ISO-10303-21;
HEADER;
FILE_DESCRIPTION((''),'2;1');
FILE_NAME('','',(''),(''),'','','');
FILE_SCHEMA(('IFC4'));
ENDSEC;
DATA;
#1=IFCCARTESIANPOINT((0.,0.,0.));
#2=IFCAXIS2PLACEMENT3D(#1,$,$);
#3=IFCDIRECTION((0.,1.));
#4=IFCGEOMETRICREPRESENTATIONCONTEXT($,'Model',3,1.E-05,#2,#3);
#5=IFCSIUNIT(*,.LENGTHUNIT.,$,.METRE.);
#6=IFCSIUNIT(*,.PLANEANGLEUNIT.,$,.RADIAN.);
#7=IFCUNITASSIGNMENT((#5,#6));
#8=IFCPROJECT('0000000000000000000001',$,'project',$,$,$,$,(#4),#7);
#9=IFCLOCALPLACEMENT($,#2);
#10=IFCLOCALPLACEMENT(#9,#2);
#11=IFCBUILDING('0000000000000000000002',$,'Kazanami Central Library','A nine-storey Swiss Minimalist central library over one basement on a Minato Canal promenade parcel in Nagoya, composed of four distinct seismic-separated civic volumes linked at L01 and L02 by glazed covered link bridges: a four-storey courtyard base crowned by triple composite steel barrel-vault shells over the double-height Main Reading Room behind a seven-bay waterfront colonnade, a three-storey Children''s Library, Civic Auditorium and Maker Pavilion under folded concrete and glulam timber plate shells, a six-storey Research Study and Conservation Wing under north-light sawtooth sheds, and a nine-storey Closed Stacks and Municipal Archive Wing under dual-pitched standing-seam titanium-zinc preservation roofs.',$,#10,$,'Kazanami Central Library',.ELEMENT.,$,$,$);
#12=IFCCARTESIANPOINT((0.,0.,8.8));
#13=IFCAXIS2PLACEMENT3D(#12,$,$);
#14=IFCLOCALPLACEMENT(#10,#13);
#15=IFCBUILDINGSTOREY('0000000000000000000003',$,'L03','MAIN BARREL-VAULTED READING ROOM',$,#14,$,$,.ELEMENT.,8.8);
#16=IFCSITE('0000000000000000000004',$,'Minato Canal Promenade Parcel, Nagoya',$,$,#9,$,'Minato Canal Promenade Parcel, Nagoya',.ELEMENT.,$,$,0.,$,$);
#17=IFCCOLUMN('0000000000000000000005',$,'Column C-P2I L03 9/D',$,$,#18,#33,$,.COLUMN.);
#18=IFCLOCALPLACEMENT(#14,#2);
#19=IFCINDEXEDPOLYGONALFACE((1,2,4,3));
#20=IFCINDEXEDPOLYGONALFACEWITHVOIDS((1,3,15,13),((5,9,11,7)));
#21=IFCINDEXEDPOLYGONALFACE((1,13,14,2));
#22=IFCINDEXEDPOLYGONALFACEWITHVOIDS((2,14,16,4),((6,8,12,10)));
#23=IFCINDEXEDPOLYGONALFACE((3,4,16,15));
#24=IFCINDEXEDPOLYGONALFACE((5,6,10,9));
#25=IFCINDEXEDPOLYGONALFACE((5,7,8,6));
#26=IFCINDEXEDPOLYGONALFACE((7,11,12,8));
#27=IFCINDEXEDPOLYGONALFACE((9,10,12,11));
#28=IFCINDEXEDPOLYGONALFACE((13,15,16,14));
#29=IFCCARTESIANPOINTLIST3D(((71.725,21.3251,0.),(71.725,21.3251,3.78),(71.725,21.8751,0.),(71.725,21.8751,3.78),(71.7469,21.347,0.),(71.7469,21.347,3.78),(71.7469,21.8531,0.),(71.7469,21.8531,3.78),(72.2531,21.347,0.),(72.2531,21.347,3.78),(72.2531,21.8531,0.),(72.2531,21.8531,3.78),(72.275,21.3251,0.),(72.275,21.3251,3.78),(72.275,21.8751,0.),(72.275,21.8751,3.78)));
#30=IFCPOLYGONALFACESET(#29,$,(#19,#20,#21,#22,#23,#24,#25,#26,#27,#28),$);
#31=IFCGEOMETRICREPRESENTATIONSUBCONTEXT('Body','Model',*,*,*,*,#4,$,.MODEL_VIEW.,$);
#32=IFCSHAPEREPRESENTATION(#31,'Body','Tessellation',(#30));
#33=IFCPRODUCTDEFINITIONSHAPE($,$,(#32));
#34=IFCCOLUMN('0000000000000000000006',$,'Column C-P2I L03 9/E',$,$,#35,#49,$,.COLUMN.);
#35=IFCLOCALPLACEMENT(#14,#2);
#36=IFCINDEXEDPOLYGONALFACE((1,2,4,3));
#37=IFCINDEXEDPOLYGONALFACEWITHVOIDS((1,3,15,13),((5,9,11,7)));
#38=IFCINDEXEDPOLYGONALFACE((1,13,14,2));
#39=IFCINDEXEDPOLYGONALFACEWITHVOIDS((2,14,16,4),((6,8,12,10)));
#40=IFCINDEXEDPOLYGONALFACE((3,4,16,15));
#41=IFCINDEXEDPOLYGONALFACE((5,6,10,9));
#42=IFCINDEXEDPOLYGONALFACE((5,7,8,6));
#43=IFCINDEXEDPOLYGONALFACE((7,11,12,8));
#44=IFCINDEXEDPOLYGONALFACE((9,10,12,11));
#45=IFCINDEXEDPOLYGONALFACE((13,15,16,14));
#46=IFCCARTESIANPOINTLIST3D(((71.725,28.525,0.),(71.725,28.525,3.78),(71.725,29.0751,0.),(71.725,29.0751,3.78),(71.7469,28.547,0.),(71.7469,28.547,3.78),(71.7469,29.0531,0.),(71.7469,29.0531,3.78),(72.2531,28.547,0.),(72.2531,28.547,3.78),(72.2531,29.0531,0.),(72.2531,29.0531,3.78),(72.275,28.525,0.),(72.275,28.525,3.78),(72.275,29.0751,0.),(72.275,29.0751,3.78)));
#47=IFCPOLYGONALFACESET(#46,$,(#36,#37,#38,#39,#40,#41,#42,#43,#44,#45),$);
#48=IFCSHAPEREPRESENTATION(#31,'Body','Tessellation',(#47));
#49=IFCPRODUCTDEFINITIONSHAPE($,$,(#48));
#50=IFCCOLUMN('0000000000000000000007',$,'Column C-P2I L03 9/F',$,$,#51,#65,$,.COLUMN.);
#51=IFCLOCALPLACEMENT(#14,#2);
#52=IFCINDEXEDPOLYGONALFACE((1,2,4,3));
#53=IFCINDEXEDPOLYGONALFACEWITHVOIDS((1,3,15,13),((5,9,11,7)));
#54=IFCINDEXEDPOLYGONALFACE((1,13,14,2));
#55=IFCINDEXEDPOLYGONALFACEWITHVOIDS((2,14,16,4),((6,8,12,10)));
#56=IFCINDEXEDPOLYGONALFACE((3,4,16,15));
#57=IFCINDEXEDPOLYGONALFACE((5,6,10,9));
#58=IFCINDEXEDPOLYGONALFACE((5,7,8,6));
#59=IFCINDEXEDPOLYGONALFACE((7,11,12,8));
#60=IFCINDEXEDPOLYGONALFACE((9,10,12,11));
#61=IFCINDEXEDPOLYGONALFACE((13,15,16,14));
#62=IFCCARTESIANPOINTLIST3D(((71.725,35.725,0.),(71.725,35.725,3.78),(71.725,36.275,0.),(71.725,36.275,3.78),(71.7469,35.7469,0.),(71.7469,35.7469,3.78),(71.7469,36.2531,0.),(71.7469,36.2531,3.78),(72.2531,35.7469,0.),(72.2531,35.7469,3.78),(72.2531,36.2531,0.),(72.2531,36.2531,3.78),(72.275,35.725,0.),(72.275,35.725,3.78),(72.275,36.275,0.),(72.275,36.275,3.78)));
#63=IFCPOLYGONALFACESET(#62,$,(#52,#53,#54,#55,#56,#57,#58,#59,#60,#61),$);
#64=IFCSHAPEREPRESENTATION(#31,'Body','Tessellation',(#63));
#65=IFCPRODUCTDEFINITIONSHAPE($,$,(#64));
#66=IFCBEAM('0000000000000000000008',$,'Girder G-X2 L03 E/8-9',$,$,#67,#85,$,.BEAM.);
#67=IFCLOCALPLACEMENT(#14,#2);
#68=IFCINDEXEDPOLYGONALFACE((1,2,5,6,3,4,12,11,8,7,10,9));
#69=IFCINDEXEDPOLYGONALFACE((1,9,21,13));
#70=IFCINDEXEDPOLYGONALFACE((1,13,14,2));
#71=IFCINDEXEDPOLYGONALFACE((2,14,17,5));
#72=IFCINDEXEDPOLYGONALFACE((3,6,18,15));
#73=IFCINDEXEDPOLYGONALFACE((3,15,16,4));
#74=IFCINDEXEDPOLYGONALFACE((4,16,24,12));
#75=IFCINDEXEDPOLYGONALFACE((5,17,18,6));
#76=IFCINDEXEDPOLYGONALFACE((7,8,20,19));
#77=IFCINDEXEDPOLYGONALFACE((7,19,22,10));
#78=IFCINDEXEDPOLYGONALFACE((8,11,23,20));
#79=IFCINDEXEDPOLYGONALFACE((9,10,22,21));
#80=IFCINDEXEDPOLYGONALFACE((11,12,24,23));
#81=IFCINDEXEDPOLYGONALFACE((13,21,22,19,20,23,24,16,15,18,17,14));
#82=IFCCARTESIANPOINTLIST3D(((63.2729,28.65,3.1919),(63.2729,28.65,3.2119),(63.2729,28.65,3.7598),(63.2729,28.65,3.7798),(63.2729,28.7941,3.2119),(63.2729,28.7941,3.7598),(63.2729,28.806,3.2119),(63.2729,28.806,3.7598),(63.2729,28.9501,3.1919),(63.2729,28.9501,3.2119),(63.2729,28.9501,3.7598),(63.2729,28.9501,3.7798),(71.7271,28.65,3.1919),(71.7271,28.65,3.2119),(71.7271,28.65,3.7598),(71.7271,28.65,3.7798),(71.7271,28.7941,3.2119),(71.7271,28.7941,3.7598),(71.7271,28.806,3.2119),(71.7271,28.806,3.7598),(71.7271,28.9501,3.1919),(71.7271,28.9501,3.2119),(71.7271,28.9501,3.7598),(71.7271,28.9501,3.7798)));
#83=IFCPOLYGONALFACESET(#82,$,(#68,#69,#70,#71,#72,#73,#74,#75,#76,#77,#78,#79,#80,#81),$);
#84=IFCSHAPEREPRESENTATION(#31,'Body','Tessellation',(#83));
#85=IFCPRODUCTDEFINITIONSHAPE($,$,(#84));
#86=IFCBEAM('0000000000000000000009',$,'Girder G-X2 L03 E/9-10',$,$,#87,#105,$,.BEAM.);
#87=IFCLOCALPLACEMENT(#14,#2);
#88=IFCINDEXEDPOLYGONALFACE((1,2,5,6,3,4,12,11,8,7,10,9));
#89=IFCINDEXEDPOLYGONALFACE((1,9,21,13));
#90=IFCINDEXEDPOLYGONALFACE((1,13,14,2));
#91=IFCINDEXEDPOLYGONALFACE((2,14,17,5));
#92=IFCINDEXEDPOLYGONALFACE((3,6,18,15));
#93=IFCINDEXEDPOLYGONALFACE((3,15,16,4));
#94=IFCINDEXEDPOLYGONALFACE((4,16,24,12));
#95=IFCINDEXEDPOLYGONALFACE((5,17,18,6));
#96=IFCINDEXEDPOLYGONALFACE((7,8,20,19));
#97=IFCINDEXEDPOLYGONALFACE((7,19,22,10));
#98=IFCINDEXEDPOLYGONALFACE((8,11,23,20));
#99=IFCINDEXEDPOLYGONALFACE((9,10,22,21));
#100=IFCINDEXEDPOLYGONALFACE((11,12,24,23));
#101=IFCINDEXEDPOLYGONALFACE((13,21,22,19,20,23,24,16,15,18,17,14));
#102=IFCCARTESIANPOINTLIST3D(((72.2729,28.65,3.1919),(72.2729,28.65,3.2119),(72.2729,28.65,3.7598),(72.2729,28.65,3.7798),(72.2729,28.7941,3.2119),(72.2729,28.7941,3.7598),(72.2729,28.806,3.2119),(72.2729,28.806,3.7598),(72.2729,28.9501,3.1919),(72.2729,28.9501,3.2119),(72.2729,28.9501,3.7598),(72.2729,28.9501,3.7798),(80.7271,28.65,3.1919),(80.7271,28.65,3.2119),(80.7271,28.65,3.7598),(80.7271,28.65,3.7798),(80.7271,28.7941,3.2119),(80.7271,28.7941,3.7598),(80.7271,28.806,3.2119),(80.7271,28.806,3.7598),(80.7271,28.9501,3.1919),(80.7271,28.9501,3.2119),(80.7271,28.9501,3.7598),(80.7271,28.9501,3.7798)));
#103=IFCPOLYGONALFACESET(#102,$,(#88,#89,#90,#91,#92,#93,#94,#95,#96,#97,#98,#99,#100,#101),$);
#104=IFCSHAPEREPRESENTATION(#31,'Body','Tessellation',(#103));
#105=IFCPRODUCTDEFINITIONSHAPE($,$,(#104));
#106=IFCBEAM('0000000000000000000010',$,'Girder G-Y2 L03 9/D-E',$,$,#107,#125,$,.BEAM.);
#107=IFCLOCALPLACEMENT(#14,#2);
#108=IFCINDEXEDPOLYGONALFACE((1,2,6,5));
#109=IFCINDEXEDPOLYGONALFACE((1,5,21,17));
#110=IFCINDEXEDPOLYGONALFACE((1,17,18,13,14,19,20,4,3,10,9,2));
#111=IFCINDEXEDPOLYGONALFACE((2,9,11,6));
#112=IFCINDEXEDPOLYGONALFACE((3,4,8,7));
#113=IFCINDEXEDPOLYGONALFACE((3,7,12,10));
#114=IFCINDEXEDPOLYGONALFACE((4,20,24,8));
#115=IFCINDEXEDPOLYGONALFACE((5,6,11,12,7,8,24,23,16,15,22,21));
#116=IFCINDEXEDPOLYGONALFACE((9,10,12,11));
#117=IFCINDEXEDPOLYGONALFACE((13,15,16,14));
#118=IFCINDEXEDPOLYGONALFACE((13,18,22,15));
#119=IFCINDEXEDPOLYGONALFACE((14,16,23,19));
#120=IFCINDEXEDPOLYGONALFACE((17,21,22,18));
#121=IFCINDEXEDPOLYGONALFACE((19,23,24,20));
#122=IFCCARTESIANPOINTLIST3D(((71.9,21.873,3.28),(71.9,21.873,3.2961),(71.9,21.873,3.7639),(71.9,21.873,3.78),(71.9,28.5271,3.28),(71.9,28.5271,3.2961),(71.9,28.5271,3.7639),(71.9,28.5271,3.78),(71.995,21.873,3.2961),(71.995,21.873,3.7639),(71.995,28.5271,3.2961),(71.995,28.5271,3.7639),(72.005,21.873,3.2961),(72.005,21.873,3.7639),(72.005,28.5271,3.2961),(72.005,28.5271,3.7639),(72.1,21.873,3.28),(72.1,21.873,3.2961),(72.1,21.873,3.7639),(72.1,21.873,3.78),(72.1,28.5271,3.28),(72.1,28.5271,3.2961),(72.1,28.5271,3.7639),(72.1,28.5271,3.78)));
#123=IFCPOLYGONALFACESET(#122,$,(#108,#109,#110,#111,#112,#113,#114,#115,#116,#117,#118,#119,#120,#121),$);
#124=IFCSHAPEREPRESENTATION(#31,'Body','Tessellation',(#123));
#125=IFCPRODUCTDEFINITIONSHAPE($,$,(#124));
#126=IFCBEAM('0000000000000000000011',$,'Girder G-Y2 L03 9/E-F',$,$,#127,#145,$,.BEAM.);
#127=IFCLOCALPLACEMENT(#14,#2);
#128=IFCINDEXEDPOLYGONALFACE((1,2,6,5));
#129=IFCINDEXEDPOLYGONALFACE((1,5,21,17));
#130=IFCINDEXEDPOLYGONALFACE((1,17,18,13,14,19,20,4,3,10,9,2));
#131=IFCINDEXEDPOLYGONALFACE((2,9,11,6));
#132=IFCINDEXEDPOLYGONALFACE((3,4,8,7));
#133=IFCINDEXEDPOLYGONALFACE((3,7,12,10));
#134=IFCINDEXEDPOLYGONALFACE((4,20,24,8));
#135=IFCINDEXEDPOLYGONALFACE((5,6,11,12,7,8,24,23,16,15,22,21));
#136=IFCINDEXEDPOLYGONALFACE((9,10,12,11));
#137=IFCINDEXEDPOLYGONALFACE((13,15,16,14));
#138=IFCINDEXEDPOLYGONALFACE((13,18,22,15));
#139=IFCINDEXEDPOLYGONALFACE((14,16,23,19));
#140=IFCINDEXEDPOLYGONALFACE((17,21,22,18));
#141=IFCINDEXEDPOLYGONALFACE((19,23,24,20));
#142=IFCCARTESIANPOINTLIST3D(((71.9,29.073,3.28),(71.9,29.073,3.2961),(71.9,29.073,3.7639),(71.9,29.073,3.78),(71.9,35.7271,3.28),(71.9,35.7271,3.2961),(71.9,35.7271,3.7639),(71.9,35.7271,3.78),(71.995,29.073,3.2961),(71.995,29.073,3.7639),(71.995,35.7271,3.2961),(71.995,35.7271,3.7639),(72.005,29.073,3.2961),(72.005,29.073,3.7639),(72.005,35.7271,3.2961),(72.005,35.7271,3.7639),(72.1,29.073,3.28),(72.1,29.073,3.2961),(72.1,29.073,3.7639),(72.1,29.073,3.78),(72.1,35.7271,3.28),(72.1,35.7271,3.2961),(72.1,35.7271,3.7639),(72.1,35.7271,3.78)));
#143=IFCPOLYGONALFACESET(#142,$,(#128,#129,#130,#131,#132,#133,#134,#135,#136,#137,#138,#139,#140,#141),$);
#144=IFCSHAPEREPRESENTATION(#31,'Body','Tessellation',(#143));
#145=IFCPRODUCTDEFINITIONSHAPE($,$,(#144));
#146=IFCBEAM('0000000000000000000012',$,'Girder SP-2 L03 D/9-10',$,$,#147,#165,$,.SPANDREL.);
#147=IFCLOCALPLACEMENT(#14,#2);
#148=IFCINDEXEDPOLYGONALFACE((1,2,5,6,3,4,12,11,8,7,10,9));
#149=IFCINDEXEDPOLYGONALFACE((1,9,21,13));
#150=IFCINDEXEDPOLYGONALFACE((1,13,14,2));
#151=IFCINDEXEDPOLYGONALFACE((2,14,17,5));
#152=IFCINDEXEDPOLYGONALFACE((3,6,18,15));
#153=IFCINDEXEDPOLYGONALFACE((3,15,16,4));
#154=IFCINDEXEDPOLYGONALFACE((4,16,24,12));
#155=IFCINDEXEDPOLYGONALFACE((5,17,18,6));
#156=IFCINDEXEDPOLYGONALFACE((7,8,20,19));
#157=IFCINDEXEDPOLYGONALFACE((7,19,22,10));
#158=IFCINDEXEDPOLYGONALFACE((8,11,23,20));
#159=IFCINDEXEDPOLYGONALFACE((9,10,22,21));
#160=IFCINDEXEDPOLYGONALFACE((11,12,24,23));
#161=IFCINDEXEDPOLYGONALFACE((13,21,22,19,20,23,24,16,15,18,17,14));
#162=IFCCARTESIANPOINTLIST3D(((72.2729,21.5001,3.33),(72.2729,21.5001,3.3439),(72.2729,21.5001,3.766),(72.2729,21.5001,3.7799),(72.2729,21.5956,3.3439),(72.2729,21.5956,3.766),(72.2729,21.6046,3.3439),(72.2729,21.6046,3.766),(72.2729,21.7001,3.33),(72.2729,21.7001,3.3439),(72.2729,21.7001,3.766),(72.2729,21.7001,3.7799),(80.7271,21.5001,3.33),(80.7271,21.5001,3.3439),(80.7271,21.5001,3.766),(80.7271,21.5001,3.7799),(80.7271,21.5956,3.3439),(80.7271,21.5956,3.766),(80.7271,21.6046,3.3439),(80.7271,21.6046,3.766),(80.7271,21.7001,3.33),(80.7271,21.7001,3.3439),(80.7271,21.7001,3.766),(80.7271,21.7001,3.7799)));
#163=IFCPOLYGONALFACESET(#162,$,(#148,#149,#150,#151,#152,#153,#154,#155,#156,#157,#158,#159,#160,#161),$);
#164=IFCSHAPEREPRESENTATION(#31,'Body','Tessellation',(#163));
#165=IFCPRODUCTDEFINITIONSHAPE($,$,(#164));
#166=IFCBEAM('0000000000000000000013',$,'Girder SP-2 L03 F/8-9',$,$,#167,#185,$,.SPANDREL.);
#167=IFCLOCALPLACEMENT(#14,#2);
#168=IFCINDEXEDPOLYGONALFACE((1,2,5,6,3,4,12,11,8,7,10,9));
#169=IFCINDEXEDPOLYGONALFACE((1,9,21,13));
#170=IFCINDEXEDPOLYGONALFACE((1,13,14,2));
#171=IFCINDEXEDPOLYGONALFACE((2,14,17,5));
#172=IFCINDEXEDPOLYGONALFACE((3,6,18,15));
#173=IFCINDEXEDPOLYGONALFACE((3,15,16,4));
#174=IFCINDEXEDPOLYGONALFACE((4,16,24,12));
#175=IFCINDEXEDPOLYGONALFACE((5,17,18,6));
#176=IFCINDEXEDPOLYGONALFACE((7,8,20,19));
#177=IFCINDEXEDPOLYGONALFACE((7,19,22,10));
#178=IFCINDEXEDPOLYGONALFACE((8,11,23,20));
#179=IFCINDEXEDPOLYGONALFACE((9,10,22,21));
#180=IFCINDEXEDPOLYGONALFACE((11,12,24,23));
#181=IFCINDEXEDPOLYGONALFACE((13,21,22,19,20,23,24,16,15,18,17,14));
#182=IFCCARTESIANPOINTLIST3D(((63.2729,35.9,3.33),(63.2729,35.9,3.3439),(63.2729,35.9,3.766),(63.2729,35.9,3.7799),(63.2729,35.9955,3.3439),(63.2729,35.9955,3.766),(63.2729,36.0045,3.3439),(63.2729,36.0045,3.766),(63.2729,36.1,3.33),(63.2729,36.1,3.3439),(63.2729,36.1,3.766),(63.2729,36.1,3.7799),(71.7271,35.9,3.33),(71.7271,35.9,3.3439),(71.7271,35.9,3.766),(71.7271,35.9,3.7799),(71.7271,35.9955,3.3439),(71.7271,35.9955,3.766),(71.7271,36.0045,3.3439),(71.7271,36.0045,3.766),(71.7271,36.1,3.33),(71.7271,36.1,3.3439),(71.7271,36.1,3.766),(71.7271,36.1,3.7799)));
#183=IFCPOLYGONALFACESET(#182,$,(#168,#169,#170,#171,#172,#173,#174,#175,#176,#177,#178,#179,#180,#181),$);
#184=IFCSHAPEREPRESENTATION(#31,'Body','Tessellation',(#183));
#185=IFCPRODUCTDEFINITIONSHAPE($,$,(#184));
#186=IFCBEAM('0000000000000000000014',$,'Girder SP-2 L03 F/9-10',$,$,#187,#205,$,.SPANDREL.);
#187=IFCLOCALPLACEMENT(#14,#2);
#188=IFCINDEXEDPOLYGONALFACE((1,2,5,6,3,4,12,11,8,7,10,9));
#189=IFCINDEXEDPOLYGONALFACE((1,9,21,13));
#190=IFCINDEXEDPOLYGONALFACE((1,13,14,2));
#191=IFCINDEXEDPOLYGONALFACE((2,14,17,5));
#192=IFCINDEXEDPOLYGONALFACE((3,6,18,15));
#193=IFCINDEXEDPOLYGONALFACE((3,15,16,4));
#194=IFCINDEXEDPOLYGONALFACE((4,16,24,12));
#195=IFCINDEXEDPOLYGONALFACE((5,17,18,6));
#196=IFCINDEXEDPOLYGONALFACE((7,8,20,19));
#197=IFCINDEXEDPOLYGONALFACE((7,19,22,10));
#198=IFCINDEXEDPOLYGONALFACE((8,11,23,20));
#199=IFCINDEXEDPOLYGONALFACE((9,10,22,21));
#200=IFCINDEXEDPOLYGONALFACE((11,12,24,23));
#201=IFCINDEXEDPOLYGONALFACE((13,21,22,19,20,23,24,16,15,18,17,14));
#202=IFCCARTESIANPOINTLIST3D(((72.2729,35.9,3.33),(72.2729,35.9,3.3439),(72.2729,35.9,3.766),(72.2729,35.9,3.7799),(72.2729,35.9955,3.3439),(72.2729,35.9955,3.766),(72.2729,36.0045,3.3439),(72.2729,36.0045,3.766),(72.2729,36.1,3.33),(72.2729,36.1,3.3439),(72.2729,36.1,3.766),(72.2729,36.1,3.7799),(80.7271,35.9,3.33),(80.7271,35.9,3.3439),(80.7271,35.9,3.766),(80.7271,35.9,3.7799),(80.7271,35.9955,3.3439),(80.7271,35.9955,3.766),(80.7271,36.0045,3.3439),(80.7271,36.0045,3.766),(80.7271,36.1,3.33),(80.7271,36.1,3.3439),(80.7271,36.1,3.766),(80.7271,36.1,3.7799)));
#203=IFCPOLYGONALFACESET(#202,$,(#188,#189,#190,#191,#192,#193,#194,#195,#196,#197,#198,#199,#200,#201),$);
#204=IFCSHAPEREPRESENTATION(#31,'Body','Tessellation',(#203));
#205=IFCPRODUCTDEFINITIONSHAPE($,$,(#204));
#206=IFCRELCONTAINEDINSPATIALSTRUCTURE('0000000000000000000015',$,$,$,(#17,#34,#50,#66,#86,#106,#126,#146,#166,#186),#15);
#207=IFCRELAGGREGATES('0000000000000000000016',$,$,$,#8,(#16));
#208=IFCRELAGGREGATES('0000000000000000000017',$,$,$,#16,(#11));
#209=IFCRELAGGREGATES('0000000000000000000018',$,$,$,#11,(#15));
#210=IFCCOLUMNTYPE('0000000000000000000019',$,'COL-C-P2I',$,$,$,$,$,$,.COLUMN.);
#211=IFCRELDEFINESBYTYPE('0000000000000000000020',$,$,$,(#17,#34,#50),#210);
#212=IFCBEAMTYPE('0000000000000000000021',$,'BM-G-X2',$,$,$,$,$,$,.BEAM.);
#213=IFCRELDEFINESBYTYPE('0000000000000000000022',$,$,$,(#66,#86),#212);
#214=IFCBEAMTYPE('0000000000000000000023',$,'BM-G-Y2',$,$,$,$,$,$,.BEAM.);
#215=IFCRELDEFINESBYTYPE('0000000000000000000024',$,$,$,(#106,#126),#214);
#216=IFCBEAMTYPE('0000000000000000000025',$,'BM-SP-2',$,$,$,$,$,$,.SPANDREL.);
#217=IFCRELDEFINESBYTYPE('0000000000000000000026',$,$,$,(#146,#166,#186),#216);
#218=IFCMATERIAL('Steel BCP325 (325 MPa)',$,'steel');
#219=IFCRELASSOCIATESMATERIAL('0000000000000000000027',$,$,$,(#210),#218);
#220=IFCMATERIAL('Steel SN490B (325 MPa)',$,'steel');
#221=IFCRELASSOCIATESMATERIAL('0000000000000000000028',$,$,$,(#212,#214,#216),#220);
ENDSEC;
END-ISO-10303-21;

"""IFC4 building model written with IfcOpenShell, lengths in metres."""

from ifc_helpers import new_model, si_unit, direction, frame, origin, origin_2d, place, context, subcontext, project, spatial, hollow_rectangle, i_section, extrude, material, material_profile, profile_set, type_object, element, save


model = new_model("IFC4")

# Units and contexts
model_context = context("Model", 3, precision=1e-05, world=origin(), true_north=direction((0.0, 1.0)))
body_context = subcontext(model_context, "Body", "Model", "MODEL_VIEW")
ifc_project = project(units=[si_unit("LENGTHUNIT", "METRE"), si_unit("PLANEANGLEUNIT", "RADIAN")], contexts=[model_context])

# Site, building, storey
site_placement = place(None, origin())
site = spatial("IfcSite", under=ifc_project, at=site_placement, Name="Minato Canal Promenade Parcel, Nagoya", LongName="Minato Canal Promenade Parcel, Nagoya", CompositionType="ELEMENT", RefElevation=0.0)
building_placement = place(site_placement, origin())
building = spatial("IfcBuilding", under=site, at=building_placement, Name="Kazanami Central Library", Description="A nine-storey Swiss Minimalist central library over one basement on a Minato Canal promenade parcel in Nagoya, composed of four distinct seismic-separated civic volumes linked at L01 and L02 by glazed covered link bridges: a four-storey courtyard base crowned by triple composite steel barrel-vault shells over the double-height Main Reading Room behind a seven-bay waterfront colonnade, a three-storey Children's Library, Civic Auditorium and Maker Pavilion under folded concrete and glulam timber plate shells, a six-storey Research Study and Conservation Wing under north-light sawtooth sheds, and a nine-storey Closed Stacks and Municipal Archive Wing under dual-pitched standing-seam titanium-zinc preservation roofs.", LongName="Kazanami Central Library", CompositionType="ELEMENT")
storey_placement = place(building_placement, frame((0.0, 0.0, 8.8)))
storey = spatial("IfcBuildingStorey", under=building, at=storey_placement, Name="L03", Description="MAIN BARREL-VAULTED READING ROOM", CompositionType="ELEMENT", Elevation=8.8)

# Columns
ifc_material_1 = material(Name="Steel BCP325 (325 MPa)", Category="steel")
ifc_material_profile_1 = material_profile(ifc_material_1, hollow_rectangle(XDim=0.55, YDim=0.55, WallThickness=0.022, at=origin_2d()), Name="BCP-550x550x22")
ifc_profile_set_1 = profile_set([ifc_material_profile_1], Name="Steel BCP325 (325 MPa)")
column_type = type_object("IfcColumnType", Name="COL-C-P2I", PredefinedType="COLUMN", material=ifc_profile_set_1)
for number, where, z_axis, x_axis, name in (
    (1, (72.0, 21.6001, 0.0), (0.0, 0.0, 1.0), (1.0, 0.0, 0.0), "Column C-P2I L03 9/D"),
    (2, (72.0, 28.8, 0.0), (0.0, 0.0, 1.0), (1.0, 0.0, 0.0), "Column C-P2I L03 9/E"),
    (3, (72.0, 36.0, 0.0), (0.0, 0.0, 1.0), (1.0, 0.0, 0.0), "Column C-P2I L03 9/F"),
):
    element("IfcColumn", number, at=place(storey_placement, frame(where, z_axis=z_axis, x_axis=x_axis)), inside=storey, type_object=column_type, Name=name, PredefinedType="COLUMN", context=body_context, shape_type="SweptSolid", body=[
        extrude(hollow_rectangle(XDim=0.55, YDim=0.55, WallThickness=0.022, at=origin_2d()), origin(), (0.0, 0.0, 1.0), 3.78),
    ])

# Beams
ifc_material_2 = material(Name="Steel SN490B (325 MPa)", Category="steel")
ifc_material_profile_2 = material_profile(ifc_material_2, i_section(OverallWidth=0.3, OverallDepth=0.5879, WebThickness=0.012, FlangeThickness=0.02, at=origin_2d()), Name="H-588x300x12x20")
ifc_profile_set_2 = profile_set([ifc_material_profile_2], Name="Steel SN490B (325 MPa)")
beam_type_1 = type_object("IfcBeamType", Name="BM-G-X2", PredefinedType="BEAM", material=ifc_profile_set_2)
for number, where, z_axis, x_axis, name in (
    (4, (63.2729, 28.8, 3.4858), (1.0, 0.0, 0.0), (0.0, 1.0, 0.0), "Girder G-X2 L03 E/8-9"),
    (5, (72.2729, 28.8, 3.4858), (1.0, 0.0, 0.0), (0.0, 1.0, 0.0), "Girder G-X2 L03 E/9-10"),
):
    element("IfcBeam", number, at=place(storey_placement, frame(where, z_axis=z_axis, x_axis=x_axis)), inside=storey, type_object=beam_type_1, Name=name, PredefinedType="BEAM", context=body_context, shape_type="SweptSolid", body=[
        extrude(i_section(OverallWidth=0.3, OverallDepth=0.5879, WebThickness=0.012, FlangeThickness=0.02, at=origin_2d()), origin(), (0.0, 0.0, 1.0), 8.4541),
    ])
ifc_material_profile_3 = material_profile(ifc_material_2, i_section(OverallWidth=0.2, OverallDepth=0.5, WebThickness=0.01, FlangeThickness=0.0161, at=origin_2d()), Name="H-500x200x10x16")
ifc_profile_set_3 = profile_set([ifc_material_profile_3], Name="Steel SN490B (325 MPa)")
beam_type_2 = type_object("IfcBeamType", Name="BM-G-Y2", PredefinedType="BEAM", material=ifc_profile_set_3)
for number, where, z_axis, x_axis, name in (
    (6, (72.0, 21.873, 3.53), (0.0, 1.0, 0.0), (-1.0, 0.0, 0.0), "Girder G-Y2 L03 9/D-E"),
    (7, (72.0, 29.073, 3.53), (0.0, 1.0, 0.0), (-1.0, 0.0, 0.0), "Girder G-Y2 L03 9/E-F"),
):
    element("IfcBeam", number, at=place(storey_placement, frame(where, z_axis=z_axis, x_axis=x_axis)), inside=storey, type_object=beam_type_2, Name=name, PredefinedType="BEAM", context=body_context, shape_type="SweptSolid", body=[
        extrude(i_section(OverallWidth=0.2, OverallDepth=0.5, WebThickness=0.01, FlangeThickness=0.0161, at=origin_2d()), origin(), (0.0, 0.0, 1.0), 6.6541),
    ])
ifc_material_profile_4 = material_profile(ifc_material_2, i_section(OverallWidth=0.2, OverallDepth=0.45, WebThickness=0.009, FlangeThickness=0.0139, at=origin_2d()), Name="H-450x200x9x14")
ifc_profile_set_4 = profile_set([ifc_material_profile_4], Name="Steel SN490B (325 MPa)")
beam_type_3 = type_object("IfcBeamType", Name="BM-SP-2", PredefinedType="SPANDREL", material=ifc_profile_set_4)
for number, where, z_axis, x_axis, name in (
    (8, (72.2729, 21.6001, 3.5549), (1.0, 0.0, 0.0), (0.0, 1.0, 0.0), "Girder SP-2 L03 D/9-10"),
    (9, (63.2729, 36.0, 3.5549), (1.0, 0.0, 0.0), (0.0, 1.0, 0.0), "Girder SP-2 L03 F/8-9"),
    (10, (72.2729, 36.0, 3.5549), (1.0, 0.0, 0.0), (0.0, 1.0, 0.0), "Girder SP-2 L03 F/9-10"),
):
    element("IfcBeam", number, at=place(storey_placement, frame(where, z_axis=z_axis, x_axis=x_axis)), inside=storey, type_object=beam_type_3, Name=name, PredefinedType="SPANDREL", context=body_context, shape_type="SweptSolid", body=[
        extrude(i_section(OverallWidth=0.2, OverallDepth=0.45, WebThickness=0.009, FlangeThickness=0.0139, at=origin_2d()), origin(), (0.0, 0.0, 1.0), 8.4541),
    ])

save(model, "model.ifc")
